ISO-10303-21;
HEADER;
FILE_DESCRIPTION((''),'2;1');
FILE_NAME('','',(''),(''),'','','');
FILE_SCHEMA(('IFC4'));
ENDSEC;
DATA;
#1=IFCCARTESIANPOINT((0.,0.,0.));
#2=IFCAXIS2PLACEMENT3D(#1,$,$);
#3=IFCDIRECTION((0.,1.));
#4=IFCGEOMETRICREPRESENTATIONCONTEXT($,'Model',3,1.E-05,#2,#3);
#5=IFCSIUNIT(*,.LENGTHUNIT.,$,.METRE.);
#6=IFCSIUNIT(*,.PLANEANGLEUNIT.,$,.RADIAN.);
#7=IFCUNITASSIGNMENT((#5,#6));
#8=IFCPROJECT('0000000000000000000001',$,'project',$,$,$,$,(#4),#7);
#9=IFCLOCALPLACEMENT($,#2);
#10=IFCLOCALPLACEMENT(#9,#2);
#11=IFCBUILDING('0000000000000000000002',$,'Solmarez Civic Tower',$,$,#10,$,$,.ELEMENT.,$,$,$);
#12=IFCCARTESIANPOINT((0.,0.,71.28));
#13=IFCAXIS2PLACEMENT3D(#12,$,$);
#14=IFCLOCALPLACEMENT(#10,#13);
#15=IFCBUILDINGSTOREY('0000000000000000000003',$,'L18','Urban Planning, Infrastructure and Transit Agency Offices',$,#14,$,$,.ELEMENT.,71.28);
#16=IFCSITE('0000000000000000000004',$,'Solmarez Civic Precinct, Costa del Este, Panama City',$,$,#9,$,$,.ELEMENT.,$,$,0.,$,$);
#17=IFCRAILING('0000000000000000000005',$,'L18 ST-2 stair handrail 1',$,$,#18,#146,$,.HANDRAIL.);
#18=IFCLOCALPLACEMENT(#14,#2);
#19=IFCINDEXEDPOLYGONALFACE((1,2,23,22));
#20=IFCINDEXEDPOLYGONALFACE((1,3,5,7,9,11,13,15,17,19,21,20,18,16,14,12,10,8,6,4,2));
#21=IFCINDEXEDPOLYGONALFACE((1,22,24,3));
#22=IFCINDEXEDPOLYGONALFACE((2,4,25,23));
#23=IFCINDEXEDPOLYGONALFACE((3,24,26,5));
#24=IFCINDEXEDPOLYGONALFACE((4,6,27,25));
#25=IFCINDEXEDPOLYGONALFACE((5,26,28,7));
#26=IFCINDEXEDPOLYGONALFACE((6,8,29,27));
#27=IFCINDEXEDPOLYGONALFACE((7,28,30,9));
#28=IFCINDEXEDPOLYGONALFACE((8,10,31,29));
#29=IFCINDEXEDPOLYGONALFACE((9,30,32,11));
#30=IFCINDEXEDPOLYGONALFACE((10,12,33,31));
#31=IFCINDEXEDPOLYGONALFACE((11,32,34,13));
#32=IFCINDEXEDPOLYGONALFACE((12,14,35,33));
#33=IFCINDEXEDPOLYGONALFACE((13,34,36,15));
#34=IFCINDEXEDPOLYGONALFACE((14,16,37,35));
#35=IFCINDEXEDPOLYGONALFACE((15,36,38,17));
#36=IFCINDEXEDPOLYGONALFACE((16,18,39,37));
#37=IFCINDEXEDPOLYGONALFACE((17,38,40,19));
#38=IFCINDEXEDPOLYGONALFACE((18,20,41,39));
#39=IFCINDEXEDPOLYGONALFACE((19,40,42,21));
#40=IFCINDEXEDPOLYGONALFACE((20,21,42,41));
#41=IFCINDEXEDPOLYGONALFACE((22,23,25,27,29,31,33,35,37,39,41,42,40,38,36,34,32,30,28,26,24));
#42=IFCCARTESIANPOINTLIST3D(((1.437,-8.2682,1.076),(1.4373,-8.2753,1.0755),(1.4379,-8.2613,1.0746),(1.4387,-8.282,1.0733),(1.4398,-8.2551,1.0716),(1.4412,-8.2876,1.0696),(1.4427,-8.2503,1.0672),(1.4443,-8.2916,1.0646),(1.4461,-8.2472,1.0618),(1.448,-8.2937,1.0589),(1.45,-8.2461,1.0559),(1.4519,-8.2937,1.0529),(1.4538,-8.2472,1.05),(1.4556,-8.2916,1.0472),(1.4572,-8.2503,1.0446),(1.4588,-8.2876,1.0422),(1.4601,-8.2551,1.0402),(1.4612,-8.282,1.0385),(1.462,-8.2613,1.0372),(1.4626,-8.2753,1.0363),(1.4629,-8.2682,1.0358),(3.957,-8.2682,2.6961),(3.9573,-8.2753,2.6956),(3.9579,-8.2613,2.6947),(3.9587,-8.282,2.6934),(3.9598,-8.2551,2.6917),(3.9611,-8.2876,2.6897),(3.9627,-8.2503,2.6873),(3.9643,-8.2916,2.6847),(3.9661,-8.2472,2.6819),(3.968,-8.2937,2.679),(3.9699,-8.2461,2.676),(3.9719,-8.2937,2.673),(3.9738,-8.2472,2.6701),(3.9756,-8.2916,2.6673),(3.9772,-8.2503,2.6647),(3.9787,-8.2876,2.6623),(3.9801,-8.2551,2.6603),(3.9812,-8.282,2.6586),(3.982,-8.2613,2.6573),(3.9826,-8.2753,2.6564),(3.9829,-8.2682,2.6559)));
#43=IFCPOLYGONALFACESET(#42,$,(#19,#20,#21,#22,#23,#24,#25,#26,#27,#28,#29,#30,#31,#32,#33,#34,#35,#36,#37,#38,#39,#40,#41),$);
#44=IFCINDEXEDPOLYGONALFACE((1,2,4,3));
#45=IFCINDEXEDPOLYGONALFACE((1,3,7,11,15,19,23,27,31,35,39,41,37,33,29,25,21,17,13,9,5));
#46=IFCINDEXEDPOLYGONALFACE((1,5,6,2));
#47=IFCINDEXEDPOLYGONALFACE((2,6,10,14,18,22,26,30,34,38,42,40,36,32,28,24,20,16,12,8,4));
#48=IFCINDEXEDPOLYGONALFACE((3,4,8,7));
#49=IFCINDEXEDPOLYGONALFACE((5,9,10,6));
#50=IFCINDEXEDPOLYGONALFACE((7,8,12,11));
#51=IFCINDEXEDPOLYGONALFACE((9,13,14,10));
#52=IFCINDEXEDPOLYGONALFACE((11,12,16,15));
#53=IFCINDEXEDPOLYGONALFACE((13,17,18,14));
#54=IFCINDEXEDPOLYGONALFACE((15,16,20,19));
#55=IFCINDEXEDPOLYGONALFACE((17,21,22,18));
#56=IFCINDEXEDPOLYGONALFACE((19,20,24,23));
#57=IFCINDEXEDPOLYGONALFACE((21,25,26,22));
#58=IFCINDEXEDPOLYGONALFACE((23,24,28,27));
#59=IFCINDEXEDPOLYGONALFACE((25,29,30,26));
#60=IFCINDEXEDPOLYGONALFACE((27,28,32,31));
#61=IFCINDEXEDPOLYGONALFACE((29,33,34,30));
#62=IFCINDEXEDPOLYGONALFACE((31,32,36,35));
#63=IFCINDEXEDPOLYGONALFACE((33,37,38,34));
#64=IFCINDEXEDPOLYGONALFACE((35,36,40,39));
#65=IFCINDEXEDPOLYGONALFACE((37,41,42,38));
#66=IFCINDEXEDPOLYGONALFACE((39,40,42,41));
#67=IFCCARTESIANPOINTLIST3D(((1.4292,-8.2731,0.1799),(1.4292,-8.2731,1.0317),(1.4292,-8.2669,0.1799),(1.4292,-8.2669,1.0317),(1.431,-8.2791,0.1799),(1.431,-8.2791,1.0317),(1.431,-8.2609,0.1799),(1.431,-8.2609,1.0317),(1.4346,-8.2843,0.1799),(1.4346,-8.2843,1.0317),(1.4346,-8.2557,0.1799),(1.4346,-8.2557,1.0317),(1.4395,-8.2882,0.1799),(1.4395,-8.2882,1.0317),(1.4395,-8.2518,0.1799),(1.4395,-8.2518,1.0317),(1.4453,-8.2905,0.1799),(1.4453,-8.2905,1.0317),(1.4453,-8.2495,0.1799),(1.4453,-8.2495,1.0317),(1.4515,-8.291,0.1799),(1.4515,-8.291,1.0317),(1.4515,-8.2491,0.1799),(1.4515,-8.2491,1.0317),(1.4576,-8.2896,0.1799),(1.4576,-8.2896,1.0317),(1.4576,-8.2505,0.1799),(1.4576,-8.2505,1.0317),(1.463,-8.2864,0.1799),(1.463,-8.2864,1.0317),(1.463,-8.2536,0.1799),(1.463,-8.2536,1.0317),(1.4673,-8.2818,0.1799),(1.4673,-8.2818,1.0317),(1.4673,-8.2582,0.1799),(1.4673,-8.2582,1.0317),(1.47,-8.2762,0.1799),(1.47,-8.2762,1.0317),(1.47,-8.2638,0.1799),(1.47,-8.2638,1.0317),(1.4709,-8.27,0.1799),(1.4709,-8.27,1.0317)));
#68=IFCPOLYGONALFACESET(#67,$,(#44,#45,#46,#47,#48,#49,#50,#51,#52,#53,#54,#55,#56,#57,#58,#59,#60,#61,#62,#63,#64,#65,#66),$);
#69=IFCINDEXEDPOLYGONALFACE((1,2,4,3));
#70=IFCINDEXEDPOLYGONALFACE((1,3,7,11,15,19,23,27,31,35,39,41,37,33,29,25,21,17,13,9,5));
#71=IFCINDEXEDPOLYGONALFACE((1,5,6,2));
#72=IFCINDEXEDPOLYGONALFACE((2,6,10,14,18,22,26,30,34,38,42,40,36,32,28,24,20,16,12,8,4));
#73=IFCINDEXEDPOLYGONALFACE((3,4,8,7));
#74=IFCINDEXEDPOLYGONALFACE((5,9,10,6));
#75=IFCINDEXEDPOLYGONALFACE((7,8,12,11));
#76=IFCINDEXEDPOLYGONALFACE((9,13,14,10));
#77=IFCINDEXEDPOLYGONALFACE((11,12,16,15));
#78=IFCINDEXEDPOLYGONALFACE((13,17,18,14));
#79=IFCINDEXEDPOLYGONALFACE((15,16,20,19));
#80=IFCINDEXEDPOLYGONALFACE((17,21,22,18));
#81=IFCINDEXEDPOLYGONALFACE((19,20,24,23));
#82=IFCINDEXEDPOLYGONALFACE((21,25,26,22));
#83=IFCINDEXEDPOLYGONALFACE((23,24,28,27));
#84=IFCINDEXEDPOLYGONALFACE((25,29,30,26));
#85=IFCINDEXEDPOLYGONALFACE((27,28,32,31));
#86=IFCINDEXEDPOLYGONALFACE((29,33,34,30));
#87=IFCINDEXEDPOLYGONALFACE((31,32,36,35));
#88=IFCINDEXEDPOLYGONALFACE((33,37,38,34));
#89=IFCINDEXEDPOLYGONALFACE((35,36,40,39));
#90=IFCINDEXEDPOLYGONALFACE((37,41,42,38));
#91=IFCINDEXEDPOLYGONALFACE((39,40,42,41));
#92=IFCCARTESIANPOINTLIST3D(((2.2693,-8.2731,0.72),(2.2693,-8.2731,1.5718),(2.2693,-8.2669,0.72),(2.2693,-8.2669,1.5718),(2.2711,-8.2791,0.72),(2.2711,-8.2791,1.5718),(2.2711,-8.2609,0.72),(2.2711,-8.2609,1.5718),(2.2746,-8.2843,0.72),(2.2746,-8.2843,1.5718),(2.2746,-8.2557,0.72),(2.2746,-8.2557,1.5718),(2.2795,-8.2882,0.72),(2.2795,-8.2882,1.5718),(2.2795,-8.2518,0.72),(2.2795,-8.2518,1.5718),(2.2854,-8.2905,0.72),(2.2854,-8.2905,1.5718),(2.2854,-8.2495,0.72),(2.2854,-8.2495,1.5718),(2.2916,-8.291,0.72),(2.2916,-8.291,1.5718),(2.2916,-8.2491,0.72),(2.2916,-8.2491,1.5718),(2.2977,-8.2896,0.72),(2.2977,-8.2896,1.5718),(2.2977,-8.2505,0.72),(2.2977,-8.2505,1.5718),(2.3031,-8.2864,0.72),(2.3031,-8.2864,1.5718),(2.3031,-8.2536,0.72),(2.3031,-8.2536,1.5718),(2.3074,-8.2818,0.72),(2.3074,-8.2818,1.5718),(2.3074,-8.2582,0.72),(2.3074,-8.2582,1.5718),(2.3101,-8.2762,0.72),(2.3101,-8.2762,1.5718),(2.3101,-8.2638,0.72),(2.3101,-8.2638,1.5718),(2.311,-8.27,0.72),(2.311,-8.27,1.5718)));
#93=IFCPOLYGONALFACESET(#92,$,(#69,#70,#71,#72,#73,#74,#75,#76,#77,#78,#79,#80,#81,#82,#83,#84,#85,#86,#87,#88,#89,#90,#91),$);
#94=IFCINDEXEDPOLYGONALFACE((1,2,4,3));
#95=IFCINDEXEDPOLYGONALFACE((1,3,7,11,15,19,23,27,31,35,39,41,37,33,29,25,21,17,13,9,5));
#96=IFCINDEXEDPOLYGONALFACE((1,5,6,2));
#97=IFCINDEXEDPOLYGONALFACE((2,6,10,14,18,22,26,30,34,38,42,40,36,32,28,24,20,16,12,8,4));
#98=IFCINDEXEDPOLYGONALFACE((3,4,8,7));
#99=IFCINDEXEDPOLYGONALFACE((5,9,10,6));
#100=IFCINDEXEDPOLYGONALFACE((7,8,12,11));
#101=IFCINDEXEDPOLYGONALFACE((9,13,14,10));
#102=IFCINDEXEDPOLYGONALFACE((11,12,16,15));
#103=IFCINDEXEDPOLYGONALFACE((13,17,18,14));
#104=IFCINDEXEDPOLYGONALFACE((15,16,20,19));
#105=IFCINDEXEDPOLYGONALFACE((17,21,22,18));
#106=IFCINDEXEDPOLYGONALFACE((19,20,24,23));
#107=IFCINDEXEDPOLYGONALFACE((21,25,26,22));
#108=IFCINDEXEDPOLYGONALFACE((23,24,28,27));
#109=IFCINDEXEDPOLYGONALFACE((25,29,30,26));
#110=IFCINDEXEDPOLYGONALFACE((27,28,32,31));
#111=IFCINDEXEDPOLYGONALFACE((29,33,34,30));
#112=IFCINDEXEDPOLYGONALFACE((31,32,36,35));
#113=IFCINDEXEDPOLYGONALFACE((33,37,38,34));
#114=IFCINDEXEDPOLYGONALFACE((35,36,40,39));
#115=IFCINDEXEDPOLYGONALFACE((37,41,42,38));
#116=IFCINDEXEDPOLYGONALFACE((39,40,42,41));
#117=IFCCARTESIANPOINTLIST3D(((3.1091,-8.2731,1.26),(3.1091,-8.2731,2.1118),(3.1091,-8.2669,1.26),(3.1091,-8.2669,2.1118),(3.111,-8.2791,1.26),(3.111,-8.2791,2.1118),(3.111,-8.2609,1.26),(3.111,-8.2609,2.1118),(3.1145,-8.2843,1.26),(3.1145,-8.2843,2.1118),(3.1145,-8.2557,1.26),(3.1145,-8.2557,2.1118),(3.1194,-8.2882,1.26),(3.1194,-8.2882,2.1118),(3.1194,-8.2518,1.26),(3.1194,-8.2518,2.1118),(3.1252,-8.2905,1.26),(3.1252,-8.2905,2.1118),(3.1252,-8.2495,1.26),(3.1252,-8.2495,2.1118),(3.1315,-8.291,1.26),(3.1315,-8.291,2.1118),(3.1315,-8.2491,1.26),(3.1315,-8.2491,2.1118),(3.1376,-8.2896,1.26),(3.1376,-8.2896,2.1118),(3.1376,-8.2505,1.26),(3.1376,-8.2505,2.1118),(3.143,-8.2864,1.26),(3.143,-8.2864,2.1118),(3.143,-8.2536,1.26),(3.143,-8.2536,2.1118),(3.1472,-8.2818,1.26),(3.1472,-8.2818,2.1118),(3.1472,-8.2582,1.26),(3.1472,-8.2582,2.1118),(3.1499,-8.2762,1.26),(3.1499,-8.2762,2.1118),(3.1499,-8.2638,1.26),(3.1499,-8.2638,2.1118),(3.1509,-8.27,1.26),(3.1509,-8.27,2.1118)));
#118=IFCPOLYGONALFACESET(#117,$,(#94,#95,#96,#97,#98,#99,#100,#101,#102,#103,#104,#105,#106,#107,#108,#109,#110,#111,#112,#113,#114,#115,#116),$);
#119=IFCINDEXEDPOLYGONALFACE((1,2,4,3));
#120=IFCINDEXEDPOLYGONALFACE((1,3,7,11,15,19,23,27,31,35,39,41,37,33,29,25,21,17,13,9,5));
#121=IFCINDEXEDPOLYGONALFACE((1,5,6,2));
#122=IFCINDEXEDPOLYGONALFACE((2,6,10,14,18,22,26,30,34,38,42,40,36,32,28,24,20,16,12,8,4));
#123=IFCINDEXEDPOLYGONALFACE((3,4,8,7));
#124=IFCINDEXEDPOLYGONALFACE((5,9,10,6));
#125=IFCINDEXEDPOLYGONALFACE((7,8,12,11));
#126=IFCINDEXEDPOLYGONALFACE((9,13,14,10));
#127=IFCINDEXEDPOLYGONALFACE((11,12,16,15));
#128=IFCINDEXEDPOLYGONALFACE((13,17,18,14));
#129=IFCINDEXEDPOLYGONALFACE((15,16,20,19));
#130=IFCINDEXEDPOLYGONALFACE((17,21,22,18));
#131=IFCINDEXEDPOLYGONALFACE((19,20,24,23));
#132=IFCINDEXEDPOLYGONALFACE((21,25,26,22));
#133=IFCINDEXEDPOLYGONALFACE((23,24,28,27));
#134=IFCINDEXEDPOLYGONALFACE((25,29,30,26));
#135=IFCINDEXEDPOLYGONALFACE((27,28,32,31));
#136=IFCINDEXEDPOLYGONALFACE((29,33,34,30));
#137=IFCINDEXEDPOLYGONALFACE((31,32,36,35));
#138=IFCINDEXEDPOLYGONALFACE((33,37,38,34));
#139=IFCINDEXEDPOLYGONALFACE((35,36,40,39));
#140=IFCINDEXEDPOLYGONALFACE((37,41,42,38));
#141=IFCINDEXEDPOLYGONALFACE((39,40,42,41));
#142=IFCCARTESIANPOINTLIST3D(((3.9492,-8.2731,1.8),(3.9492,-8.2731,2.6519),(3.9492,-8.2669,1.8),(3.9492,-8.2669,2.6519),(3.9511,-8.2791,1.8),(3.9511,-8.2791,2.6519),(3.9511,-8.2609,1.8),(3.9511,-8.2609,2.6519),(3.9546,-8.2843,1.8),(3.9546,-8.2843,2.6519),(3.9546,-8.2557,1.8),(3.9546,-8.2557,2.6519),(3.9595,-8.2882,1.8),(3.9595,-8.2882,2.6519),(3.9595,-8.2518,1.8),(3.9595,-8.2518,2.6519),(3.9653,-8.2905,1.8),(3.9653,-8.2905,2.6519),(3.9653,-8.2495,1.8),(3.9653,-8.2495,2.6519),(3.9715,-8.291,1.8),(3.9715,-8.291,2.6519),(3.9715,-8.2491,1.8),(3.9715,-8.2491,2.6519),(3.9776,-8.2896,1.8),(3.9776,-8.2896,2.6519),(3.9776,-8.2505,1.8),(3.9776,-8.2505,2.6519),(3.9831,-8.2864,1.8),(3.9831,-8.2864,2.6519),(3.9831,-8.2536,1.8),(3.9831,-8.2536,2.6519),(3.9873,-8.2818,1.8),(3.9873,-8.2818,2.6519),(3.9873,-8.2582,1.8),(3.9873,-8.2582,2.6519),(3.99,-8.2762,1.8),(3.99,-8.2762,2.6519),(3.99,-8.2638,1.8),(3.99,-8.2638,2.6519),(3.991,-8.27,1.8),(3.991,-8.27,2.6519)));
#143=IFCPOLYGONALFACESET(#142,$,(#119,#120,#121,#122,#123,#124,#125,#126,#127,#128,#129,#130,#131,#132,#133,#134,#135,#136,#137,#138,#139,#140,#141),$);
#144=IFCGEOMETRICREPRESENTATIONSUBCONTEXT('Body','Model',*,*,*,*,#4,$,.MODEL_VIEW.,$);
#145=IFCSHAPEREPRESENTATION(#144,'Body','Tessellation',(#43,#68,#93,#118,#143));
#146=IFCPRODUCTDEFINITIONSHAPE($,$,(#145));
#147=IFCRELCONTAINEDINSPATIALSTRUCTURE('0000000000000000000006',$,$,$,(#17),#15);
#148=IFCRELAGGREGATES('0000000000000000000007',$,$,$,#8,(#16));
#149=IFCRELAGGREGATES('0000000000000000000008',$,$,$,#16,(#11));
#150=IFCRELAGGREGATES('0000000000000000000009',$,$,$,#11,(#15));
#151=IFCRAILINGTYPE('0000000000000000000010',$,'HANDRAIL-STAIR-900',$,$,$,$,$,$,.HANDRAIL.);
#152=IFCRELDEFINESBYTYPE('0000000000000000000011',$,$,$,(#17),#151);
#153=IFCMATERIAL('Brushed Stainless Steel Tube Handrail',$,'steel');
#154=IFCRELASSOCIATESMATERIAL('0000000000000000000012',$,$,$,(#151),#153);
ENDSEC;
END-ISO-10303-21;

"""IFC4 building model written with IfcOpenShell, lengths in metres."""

from ifc_helpers import new_model, si_unit, direction, frame, origin, origin_2d, place, context, subcontext, project, spatial, circle, extrude, material, type_object, element, save


model = new_model("IFC4")

# Units and contexts
model_context = context("Model", 3, precision=1e-05, world=origin(), true_north=direction((0.0, 1.0)))
body_context = subcontext(model_context, "Body", "Model", "MODEL_VIEW")
ifc_project = project(units=[si_unit("LENGTHUNIT", "METRE"), si_unit("PLANEANGLEUNIT", "RADIAN")], contexts=[model_context])

# Site, building, storey
site_placement = place(None, origin())
site = spatial("IfcSite", under=ifc_project, at=site_placement, Name="Solmarez Civic Precinct, Costa del Este, Panama City", CompositionType="ELEMENT", RefElevation=0.0)
building_placement = place(site_placement, origin())
building = spatial("IfcBuilding", under=site, at=building_placement, Name="Solmarez Civic Tower", CompositionType="ELEMENT")
storey_placement = place(building_placement, frame((0.0, 0.0, 71.28)))
storey = spatial("IfcBuildingStorey", under=building, at=storey_placement, Name="L18", Description="Urban Planning, Infrastructure and Transit Agency Offices", CompositionType="ELEMENT", Elevation=71.28)

# Railing
ifc_material_1 = material(Name="Brushed Stainless Steel Tube Handrail", Category="steel")
railing_type_1 = type_object("IfcRailingType", Name="HANDRAIL-STAIR-900", PredefinedType="HANDRAIL", material=ifc_material_1)
railing_1_placement = place(storey_placement, frame((1.45, -8.27, 0.1799)))
element("IfcRailing", 1, at=railing_1_placement, inside=storey, type_object=railing_type_1, Name="L18 ST-2 stair handrail 1", PredefinedType="HANDRAIL", context=body_context, shape_type="SweptSolid", body=[
    extrude(circle(Radius=0.0239, at=origin_2d()), frame((0.0, 0.0, 0.876), z_axis=(0.841163, 0.0, 0.540782), x_axis=(0.0, 1.0, 0.0)), (0.0, 0.0, 1.0), 2.9958),
    extrude(circle(Radius=0.021, at=origin_2d()), origin(), (0.0, 0.0, 1.0), 0.8518),
    extrude(circle(Radius=0.021, at=origin_2d()), frame((0.8401, 0.0, 0.54)), (0.0, 0.0, 1.0), 0.8518),
    extrude(circle(Radius=0.021, at=origin_2d()), frame((1.6799, 0.0, 1.0801)), (0.0, 0.0, 1.0), 0.8518),
    extrude(circle(Radius=0.021, at=origin_2d()), frame((2.52, 0.0, 1.6201)), (0.0, 0.0, 1.0), 0.8518),
])

save(model, "model.ifc")
